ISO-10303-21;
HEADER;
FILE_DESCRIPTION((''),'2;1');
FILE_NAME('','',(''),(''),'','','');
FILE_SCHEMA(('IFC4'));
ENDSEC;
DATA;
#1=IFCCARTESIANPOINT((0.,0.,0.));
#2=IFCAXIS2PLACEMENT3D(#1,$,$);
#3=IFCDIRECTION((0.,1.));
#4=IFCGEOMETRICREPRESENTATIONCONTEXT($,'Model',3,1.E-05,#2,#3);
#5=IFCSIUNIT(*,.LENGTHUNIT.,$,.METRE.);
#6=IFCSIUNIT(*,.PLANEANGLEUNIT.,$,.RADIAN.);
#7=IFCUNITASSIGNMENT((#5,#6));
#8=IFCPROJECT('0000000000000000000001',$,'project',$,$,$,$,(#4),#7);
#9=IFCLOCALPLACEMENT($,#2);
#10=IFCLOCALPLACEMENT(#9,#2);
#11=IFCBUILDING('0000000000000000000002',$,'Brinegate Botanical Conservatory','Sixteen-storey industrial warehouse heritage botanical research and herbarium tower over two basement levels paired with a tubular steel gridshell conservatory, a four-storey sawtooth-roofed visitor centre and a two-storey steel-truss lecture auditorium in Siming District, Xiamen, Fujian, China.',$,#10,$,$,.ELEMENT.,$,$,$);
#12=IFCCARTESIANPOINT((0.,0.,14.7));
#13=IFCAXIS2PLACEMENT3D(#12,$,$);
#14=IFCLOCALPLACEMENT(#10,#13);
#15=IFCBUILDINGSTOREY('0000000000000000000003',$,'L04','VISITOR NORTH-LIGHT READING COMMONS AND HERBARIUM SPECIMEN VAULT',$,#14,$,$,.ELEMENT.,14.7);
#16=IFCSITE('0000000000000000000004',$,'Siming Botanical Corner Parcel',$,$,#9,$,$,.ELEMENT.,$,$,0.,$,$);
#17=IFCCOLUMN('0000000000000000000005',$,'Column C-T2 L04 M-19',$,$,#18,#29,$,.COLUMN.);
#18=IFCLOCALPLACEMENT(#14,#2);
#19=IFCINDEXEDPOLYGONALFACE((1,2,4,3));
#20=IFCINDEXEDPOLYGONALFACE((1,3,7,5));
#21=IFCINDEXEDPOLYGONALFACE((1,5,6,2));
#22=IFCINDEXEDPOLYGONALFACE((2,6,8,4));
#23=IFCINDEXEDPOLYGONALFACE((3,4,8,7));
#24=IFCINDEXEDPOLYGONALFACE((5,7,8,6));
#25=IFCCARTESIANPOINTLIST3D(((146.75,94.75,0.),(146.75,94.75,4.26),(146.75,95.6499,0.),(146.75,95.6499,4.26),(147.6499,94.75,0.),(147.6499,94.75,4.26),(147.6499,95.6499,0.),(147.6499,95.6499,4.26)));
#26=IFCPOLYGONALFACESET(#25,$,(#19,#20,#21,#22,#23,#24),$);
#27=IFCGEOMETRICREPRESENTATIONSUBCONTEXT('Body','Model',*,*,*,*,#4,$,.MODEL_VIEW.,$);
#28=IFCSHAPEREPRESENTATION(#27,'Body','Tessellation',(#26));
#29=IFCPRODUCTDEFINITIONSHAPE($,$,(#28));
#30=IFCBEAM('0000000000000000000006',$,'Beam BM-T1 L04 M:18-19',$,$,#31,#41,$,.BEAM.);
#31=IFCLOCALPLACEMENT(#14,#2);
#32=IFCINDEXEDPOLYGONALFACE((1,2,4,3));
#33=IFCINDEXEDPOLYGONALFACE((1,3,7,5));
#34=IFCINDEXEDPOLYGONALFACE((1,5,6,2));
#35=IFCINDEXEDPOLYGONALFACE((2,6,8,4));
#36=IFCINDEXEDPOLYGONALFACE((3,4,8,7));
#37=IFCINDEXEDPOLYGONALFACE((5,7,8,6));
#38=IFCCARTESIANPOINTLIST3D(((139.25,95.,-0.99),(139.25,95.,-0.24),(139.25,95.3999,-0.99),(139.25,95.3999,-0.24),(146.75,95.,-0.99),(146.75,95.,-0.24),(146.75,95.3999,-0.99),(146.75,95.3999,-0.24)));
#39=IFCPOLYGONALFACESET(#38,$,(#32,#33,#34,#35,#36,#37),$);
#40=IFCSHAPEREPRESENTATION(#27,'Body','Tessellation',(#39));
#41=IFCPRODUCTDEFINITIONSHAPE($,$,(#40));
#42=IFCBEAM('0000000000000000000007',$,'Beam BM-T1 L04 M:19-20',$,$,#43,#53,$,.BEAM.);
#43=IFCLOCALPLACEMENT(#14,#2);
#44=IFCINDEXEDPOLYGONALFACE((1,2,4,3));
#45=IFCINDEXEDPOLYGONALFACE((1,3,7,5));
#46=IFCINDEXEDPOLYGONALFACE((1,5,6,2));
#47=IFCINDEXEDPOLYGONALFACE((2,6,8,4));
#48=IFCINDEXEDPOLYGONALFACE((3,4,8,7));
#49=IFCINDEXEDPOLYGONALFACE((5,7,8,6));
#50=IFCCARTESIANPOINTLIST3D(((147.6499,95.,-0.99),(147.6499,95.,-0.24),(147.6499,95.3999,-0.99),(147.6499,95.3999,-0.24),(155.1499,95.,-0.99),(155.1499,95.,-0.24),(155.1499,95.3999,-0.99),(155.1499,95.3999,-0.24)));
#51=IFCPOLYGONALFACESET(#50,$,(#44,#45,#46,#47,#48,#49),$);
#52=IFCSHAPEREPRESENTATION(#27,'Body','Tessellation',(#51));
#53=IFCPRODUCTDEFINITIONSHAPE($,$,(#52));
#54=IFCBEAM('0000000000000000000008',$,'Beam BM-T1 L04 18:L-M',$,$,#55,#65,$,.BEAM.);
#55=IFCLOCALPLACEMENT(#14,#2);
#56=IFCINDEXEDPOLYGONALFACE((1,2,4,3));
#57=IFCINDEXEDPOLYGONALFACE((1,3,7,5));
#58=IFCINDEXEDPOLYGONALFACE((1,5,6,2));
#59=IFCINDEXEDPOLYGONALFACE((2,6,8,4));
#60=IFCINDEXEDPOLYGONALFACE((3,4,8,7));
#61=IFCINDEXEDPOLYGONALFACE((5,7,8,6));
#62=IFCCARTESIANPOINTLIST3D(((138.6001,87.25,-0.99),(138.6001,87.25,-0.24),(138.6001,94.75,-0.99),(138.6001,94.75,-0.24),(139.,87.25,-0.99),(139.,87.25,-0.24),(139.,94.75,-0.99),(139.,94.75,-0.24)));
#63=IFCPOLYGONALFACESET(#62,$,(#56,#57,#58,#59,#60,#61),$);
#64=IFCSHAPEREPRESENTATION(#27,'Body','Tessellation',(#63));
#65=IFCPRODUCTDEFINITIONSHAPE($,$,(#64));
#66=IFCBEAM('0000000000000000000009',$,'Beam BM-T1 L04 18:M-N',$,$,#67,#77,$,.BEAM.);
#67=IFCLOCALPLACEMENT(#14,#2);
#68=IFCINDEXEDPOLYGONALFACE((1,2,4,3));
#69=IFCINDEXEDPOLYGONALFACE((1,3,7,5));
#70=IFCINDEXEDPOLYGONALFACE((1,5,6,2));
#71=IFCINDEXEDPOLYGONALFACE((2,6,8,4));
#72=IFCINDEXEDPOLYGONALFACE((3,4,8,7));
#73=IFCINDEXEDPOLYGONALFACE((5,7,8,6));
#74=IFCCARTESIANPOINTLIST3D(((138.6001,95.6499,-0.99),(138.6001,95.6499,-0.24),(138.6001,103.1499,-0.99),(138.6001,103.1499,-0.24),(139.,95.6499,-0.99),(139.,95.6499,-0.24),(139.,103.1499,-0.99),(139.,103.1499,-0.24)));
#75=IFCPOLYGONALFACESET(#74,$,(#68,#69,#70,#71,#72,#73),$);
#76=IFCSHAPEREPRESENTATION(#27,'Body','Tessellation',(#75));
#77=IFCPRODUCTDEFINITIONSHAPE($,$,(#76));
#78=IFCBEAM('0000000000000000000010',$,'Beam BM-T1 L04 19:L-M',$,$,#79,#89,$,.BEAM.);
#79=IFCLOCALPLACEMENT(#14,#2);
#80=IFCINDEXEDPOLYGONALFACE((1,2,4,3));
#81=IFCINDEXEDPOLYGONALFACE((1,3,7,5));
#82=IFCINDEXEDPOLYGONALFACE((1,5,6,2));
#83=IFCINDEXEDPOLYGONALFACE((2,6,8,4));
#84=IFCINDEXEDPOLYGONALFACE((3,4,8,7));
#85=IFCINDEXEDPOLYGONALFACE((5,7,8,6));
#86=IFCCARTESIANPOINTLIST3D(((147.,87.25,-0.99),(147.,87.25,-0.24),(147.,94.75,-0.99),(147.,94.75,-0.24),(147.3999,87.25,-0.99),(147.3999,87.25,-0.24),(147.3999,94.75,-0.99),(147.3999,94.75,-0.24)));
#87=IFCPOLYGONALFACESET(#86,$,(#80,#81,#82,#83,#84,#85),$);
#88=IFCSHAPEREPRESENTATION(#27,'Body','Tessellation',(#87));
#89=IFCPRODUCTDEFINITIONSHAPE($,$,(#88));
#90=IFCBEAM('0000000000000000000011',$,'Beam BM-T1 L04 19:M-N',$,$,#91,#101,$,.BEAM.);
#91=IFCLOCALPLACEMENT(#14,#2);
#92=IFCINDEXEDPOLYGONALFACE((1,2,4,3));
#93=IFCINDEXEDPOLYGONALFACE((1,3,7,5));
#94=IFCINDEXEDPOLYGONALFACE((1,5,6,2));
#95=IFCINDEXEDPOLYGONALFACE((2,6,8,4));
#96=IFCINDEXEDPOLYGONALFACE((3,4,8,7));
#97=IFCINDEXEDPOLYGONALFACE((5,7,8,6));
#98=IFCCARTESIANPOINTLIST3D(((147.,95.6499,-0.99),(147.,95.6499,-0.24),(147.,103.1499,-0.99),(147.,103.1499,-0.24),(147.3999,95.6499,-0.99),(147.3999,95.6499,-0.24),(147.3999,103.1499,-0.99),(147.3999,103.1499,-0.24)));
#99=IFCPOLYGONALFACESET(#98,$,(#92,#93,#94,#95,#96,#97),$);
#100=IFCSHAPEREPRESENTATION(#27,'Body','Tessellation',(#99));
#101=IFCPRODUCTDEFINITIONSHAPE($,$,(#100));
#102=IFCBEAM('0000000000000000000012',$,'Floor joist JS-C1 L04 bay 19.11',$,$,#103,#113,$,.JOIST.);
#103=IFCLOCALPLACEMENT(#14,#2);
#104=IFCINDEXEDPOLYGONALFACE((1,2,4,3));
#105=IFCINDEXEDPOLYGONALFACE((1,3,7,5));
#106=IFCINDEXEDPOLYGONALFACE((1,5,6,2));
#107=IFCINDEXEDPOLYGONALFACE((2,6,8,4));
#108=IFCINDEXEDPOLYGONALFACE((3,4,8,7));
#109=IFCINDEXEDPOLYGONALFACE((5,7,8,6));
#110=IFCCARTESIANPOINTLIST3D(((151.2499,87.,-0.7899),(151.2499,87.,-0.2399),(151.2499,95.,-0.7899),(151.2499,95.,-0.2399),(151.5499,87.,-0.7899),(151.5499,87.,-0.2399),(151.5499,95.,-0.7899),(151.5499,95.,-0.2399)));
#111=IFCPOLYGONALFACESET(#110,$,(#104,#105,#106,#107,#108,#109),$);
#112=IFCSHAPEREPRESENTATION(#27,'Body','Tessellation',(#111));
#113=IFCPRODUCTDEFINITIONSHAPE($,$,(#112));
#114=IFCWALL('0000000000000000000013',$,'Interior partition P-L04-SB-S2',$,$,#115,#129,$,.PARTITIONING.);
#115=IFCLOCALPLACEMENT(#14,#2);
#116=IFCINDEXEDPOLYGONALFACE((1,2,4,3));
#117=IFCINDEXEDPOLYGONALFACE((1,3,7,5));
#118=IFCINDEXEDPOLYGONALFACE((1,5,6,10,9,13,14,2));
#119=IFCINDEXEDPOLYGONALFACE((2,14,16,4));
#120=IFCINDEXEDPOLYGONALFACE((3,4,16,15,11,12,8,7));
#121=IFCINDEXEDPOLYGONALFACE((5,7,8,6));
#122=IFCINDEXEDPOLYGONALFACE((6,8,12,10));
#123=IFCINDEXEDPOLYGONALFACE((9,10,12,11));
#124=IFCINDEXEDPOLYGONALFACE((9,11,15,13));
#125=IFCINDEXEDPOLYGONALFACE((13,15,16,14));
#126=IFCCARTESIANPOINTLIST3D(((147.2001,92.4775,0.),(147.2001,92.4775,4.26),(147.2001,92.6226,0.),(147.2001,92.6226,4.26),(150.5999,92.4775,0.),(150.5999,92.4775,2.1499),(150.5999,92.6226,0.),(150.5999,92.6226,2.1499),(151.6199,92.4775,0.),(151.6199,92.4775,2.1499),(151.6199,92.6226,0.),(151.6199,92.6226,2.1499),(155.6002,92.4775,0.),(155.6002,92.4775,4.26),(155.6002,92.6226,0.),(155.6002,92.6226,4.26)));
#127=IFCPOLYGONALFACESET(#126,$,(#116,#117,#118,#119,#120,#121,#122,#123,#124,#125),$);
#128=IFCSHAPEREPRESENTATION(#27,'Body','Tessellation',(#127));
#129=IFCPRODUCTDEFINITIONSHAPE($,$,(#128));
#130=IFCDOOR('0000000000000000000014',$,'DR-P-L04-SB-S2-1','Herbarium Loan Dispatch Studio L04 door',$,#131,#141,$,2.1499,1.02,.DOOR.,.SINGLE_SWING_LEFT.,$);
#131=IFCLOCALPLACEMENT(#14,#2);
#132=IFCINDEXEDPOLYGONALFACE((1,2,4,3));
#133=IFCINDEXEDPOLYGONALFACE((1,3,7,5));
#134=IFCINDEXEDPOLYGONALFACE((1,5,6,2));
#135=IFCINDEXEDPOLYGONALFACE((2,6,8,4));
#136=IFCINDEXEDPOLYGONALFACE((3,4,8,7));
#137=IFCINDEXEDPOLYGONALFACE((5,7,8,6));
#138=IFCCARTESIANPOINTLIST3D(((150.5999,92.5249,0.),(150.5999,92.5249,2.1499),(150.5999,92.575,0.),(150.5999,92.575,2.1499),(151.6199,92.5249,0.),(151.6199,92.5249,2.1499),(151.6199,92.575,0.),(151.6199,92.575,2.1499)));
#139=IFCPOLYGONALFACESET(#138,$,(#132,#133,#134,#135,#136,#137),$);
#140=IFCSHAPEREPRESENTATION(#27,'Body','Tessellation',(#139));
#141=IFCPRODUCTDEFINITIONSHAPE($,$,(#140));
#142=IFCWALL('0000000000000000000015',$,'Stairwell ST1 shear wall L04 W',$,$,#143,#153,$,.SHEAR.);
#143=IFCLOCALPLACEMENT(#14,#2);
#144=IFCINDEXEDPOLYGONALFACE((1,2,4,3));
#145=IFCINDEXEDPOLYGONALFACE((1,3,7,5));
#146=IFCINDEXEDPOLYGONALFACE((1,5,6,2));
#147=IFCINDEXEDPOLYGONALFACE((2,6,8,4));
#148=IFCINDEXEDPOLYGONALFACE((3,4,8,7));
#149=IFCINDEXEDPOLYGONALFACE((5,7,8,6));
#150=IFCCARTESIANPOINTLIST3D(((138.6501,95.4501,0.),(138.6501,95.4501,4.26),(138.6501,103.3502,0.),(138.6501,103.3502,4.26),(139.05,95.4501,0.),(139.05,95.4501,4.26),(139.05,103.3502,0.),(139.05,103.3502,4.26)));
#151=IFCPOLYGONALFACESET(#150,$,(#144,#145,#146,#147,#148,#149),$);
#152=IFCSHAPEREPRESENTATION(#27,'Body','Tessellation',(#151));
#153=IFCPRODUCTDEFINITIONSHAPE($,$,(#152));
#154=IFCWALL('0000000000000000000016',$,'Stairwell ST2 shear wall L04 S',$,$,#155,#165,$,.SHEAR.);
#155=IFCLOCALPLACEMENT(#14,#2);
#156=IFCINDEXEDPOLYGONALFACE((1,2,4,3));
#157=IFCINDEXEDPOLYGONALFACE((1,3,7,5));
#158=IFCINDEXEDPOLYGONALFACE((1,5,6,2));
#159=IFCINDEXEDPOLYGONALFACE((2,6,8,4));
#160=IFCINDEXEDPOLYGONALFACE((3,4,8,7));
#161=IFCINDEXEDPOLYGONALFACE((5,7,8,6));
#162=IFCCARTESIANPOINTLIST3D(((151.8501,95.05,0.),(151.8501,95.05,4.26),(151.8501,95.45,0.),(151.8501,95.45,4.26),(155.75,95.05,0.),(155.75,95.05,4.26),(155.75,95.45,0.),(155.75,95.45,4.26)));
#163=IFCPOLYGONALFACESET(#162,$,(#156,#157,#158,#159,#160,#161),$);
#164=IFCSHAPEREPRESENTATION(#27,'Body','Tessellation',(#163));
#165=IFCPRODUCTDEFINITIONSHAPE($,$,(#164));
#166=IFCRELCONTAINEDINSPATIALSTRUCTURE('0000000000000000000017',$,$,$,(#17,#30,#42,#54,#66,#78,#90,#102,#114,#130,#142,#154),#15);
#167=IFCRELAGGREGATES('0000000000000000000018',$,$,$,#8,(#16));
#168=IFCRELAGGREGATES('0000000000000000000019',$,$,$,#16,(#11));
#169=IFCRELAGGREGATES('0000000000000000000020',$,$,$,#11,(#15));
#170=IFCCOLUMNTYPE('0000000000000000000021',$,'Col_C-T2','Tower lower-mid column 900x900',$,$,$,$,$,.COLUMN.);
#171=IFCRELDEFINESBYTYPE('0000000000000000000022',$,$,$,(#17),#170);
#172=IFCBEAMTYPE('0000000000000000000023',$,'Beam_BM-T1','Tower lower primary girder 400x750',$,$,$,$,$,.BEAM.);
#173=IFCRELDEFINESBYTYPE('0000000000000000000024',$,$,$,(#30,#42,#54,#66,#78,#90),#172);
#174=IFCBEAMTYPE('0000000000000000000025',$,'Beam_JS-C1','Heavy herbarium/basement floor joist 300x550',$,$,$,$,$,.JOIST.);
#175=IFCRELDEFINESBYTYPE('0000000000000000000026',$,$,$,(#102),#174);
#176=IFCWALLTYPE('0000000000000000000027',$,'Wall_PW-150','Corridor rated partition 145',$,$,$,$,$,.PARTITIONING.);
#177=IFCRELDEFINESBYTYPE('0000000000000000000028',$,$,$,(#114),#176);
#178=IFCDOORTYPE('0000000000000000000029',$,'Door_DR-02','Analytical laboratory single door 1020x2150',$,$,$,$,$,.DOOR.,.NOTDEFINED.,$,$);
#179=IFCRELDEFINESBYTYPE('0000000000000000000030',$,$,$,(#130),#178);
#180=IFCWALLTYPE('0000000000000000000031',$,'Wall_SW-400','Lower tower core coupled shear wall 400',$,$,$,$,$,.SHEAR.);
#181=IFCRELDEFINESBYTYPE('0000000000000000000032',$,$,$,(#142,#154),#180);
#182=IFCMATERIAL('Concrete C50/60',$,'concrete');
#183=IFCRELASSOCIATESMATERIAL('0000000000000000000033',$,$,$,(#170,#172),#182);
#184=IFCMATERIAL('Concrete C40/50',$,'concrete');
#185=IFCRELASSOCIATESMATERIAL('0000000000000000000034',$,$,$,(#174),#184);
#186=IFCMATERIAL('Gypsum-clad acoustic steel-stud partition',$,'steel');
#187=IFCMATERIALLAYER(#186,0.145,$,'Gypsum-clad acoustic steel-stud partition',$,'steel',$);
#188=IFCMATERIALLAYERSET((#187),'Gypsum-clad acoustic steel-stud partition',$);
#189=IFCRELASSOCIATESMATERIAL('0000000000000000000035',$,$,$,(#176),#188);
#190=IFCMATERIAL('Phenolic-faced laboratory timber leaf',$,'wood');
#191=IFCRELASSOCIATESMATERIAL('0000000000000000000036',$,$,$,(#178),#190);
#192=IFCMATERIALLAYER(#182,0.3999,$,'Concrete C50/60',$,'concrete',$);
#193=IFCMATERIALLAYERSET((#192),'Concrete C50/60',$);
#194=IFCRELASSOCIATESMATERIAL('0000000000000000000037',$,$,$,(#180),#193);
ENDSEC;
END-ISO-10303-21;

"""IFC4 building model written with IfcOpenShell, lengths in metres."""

from ifc_helpers import new_model, si_unit, direction, frame, frame_2d, origin, origin_2d, place, context, subcontext, project, spatial, rectangle, extrude, material, layer, layer_set, material_profile, profile_set, type_object, element, fill, save


model = new_model("IFC4")

# Units and contexts
model_context = context("Model", 3, precision=1e-05, world=origin(), true_north=direction((0.0, 1.0)))
body_context = subcontext(model_context, "Body", "Model", "MODEL_VIEW")
ifc_project = project(units=[si_unit("LENGTHUNIT", "METRE"), si_unit("PLANEANGLEUNIT", "RADIAN")], contexts=[model_context])

# Site, building, storey
site_placement = place(None, origin())
site = spatial("IfcSite", under=ifc_project, at=site_placement, Name="Siming Botanical Corner Parcel", CompositionType="ELEMENT", RefElevation=0.0)
building_placement = place(site_placement, origin())
building = spatial("IfcBuilding", under=site, at=building_placement, Name="Brinegate Botanical Conservatory", Description="Sixteen-storey industrial warehouse heritage botanical research and herbarium tower over two basement levels paired with a tubular steel gridshell conservatory, a four-storey sawtooth-roofed visitor centre and a two-storey steel-truss lecture auditorium in Siming District, Xiamen, Fujian, China.", CompositionType="ELEMENT")
storey_placement = place(building_placement, frame((0.0, 0.0, 14.7)))
storey = spatial("IfcBuildingStorey", under=building, at=storey_placement, Name="L04", Description="VISITOR NORTH-LIGHT READING COMMONS AND HERBARIUM SPECIMEN VAULT", CompositionType="ELEMENT", Elevation=14.7)

# Column
ifc_material_1 = material(Name="Concrete C50/60", Category="concrete")
ifc_material_profile_1 = material_profile(ifc_material_1, rectangle(XDim=0.8999, YDim=0.8999, at=origin_2d()), Name="RC COL 900x900")
ifc_profile_set_1 = profile_set([ifc_material_profile_1], Name="Concrete C50/60")
column_type = type_object("IfcColumnType", Name="Col_C-T2", Description="Tower lower-mid column 900x900", PredefinedType="COLUMN", material=ifc_profile_set_1)
column_placement = place(storey_placement, frame((147.2, 95.2, 0.0), z_axis=(0.0, 0.0, 1.0), x_axis=(1.0, 0.0, 0.0)))
element("IfcColumn", 1, at=column_placement, inside=storey, type_object=column_type, Name="Column C-T2 L04 M-19", PredefinedType="COLUMN", context=body_context, shape_type="SweptSolid", body=[
    extrude(rectangle(XDim=0.8999, YDim=0.8999, at=origin_2d()), origin(), (0.0, 0.0, 1.0), 4.26),
])

# Beams
ifc_material_profile_2 = material_profile(ifc_material_1, rectangle(XDim=0.3999, YDim=0.75, at=origin_2d()), Name="RC BM 400x750")
ifc_profile_set_2 = profile_set([ifc_material_profile_2], Name="Concrete C50/60")
beam_type_1 = type_object("IfcBeamType", Name="Beam_BM-T1", Description="Tower lower primary girder 400x750", PredefinedType="BEAM", material=ifc_profile_set_2)
for number, where, z_axis, x_axis, name in (
    (2, (139.25, 95.2, -0.615), (1.0, 0.0, 0.0), (0.0, 1.0, 0.0), "Beam BM-T1 L04 M:18-19"),
    (3, (147.6499, 95.2, -0.615), (1.0, 0.0, 0.0), (0.0, 1.0, 0.0), "Beam BM-T1 L04 M:19-20"),
    (4, (138.8, 87.25, -0.615), (0.0, 1.0, 0.0), (-1.0, 0.0, 0.0), "Beam BM-T1 L04 18:L-M"),
    (5, (138.8, 95.6499, -0.615), (0.0, 1.0, 0.0), (-1.0, 0.0, 0.0), "Beam BM-T1 L04 18:M-N"),
    (6, (147.2, 87.25, -0.615), (0.0, 1.0, 0.0), (-1.0, 0.0, 0.0), "Beam BM-T1 L04 19:L-M"),
    (7, (147.2, 95.6499, -0.615), (0.0, 1.0, 0.0), (-1.0, 0.0, 0.0), "Beam BM-T1 L04 19:M-N"),
):
    element("IfcBeam", number, at=place(storey_placement, frame(where, z_axis=z_axis, x_axis=x_axis)), inside=storey, type_object=beam_type_1, Name=name, PredefinedType="BEAM", context=body_context, shape_type="SweptSolid", body=[
        extrude(rectangle(XDim=0.3999, YDim=0.75, at=origin_2d()), origin(), (0.0, 0.0, 1.0), 7.5),
    ])
ifc_material_2 = material(Name="Concrete C40/50", Category="concrete")
ifc_material_profile_3 = material_profile(ifc_material_2, rectangle(XDim=0.3, YDim=0.55, at=origin_2d()), Name="RC JST 300x550")
ifc_profile_set_3 = profile_set([ifc_material_profile_3], Name="Concrete C40/50")
beam_type_2 = type_object("IfcBeamType", Name="Beam_JS-C1", Description="Heavy herbarium/basement floor joist 300x550", PredefinedType="JOIST", material=ifc_profile_set_3)
beam_placement = place(storey_placement, frame((151.3999, 87.0, -0.5149), z_axis=(0.0, 1.0, 0.0), x_axis=(-1.0, 0.0, 0.0)))
element("IfcBeam", 8, at=beam_placement, inside=storey, type_object=beam_type_2, Name="Floor joist JS-C1 L04 bay 19.11", PredefinedType="JOIST", context=body_context, shape_type="SweptSolid", body=[
    extrude(rectangle(XDim=0.3, YDim=0.55, at=origin_2d()), origin(), (0.0, 0.0, 1.0), 8.0),
])

# Wall, opening, door
ifc_material_3 = material(Name="Gypsum-clad acoustic steel-stud partition", Category="steel")
ifc_layer_1 = layer(ifc_material_3, 0.145, Name="Gypsum-clad acoustic steel-stud partition", Category="steel")
ifc_layer_set_1 = layer_set([ifc_layer_1], Name="Gypsum-clad acoustic steel-stud partition")
wall_type_1 = type_object("IfcWallType", Name="Wall_PW-150", Description="Corridor rated partition 145", PredefinedType="PARTITIONING", material=ifc_layer_set_1)
wall_1_placement = place(storey_placement, frame((147.2, 92.55, 0.0), z_axis=(0.0, 0.0, 1.0), x_axis=(1.0, 0.0, 0.0)))
wall_1 = element("IfcWall", 9, at=wall_1_placement, inside=storey, type_object=wall_type_1, Name="Interior partition P-L04-SB-S2", PredefinedType="PARTITIONING", context=body_context, shape_type="SweptSolid", body=[
    extrude(rectangle(XDim=8.4001, YDim=0.145, at=frame_2d((4.2002, 0.0))), origin(), (0.0, 0.0, 1.0), 4.26),
])
opening_1_placement = place(wall_1_placement, frame((3.3999, 0.0, 0.0)))
opening_1 = element("IfcOpeningElement", 10, at=opening_1_placement, cuts=wall_1, PredefinedType="OPENING", context=body_context, shape_type="SweptSolid", body=[
    extrude(rectangle(XDim=1.02, YDim=2.1499, at=frame_2d((0.51, 1.075))), frame((0.0, 0.0825, 0.0), z_axis=(0.0, -1.0, 0.0), x_axis=(1.0, 0.0, 0.0)), (0.0, 0.0, 1.0), 0.165),
])
ifc_material_4 = material(Name="Phenolic-faced laboratory timber leaf", Category="wood")
door_type_1 = type_object("IfcDoorType", Name="Door_DR-02", Description="Analytical laboratory single door 1020x2150", OperationType="NOTDEFINED", PredefinedType="DOOR", material=ifc_material_4)
door_1_placement = place(opening_1_placement, origin())
door_1 = element("IfcDoor", 11, at=door_1_placement, inside=storey, type_object=door_type_1, Name="DR-P-L04-SB-S2-1", Description="Herbarium Loan Dispatch Studio L04 door", OperationType="SINGLE_SWING_LEFT", OverallHeight=2.1499, OverallWidth=1.02, PredefinedType="DOOR", context=body_context, shape_type="SweptSolid", body=[
    extrude(rectangle(XDim=1.02, YDim=2.1499, at=frame_2d((0.51, 1.075))), frame((0.0, 0.0249, 0.0), z_axis=(0.0, -1.0, 0.0), x_axis=(1.0, 0.0, 0.0)), (0.0, 0.0, 1.0), 0.05),
])
fill(opening_1, door_1)

# Wall
ifc_layer_2 = layer(ifc_material_1, 0.3999, Name="Concrete C50/60", Category="concrete")
ifc_layer_set_2 = layer_set([ifc_layer_2], Name="Concrete C50/60")
wall_type_2 = type_object("IfcWallType", Name="Wall_SW-400", Description="Lower tower core coupled shear wall 400", PredefinedType="SHEAR", material=ifc_layer_set_2)
wall_2_placement = place(storey_placement, frame((138.8501, 95.45, 0.0), z_axis=(0.0, 0.0, 1.0), x_axis=(0.0, 1.0, 0.0)))
element("IfcWall", 12, at=wall_2_placement, inside=storey, type_object=wall_type_2, Name="Stairwell ST1 shear wall L04 W", PredefinedType="SHEAR", context=body_context, shape_type="SweptSolid", body=[
    extrude(rectangle(XDim=7.9001, YDim=0.3999, at=frame_2d((3.9502, 0.0))), origin(), (0.0, 0.0, 1.0), 4.26),
])

# Wall
wall_3_placement = place(storey_placement, frame((151.8501, 95.25, 0.0), z_axis=(0.0, 0.0, 1.0), x_axis=(1.0, 0.0, 0.0)))
element("IfcWall", 13, at=wall_3_placement, inside=storey, type_object=wall_type_2, Name="Stairwell ST2 shear wall L04 S", PredefinedType="SHEAR", context=body_context, shape_type="SweptSolid", body=[
    extrude(rectangle(XDim=3.8999, YDim=0.3999, at=frame_2d((1.95, 0.0))), origin(), (0.0, 0.0, 1.0), 4.26),
])

save(model, "model.ifc")
